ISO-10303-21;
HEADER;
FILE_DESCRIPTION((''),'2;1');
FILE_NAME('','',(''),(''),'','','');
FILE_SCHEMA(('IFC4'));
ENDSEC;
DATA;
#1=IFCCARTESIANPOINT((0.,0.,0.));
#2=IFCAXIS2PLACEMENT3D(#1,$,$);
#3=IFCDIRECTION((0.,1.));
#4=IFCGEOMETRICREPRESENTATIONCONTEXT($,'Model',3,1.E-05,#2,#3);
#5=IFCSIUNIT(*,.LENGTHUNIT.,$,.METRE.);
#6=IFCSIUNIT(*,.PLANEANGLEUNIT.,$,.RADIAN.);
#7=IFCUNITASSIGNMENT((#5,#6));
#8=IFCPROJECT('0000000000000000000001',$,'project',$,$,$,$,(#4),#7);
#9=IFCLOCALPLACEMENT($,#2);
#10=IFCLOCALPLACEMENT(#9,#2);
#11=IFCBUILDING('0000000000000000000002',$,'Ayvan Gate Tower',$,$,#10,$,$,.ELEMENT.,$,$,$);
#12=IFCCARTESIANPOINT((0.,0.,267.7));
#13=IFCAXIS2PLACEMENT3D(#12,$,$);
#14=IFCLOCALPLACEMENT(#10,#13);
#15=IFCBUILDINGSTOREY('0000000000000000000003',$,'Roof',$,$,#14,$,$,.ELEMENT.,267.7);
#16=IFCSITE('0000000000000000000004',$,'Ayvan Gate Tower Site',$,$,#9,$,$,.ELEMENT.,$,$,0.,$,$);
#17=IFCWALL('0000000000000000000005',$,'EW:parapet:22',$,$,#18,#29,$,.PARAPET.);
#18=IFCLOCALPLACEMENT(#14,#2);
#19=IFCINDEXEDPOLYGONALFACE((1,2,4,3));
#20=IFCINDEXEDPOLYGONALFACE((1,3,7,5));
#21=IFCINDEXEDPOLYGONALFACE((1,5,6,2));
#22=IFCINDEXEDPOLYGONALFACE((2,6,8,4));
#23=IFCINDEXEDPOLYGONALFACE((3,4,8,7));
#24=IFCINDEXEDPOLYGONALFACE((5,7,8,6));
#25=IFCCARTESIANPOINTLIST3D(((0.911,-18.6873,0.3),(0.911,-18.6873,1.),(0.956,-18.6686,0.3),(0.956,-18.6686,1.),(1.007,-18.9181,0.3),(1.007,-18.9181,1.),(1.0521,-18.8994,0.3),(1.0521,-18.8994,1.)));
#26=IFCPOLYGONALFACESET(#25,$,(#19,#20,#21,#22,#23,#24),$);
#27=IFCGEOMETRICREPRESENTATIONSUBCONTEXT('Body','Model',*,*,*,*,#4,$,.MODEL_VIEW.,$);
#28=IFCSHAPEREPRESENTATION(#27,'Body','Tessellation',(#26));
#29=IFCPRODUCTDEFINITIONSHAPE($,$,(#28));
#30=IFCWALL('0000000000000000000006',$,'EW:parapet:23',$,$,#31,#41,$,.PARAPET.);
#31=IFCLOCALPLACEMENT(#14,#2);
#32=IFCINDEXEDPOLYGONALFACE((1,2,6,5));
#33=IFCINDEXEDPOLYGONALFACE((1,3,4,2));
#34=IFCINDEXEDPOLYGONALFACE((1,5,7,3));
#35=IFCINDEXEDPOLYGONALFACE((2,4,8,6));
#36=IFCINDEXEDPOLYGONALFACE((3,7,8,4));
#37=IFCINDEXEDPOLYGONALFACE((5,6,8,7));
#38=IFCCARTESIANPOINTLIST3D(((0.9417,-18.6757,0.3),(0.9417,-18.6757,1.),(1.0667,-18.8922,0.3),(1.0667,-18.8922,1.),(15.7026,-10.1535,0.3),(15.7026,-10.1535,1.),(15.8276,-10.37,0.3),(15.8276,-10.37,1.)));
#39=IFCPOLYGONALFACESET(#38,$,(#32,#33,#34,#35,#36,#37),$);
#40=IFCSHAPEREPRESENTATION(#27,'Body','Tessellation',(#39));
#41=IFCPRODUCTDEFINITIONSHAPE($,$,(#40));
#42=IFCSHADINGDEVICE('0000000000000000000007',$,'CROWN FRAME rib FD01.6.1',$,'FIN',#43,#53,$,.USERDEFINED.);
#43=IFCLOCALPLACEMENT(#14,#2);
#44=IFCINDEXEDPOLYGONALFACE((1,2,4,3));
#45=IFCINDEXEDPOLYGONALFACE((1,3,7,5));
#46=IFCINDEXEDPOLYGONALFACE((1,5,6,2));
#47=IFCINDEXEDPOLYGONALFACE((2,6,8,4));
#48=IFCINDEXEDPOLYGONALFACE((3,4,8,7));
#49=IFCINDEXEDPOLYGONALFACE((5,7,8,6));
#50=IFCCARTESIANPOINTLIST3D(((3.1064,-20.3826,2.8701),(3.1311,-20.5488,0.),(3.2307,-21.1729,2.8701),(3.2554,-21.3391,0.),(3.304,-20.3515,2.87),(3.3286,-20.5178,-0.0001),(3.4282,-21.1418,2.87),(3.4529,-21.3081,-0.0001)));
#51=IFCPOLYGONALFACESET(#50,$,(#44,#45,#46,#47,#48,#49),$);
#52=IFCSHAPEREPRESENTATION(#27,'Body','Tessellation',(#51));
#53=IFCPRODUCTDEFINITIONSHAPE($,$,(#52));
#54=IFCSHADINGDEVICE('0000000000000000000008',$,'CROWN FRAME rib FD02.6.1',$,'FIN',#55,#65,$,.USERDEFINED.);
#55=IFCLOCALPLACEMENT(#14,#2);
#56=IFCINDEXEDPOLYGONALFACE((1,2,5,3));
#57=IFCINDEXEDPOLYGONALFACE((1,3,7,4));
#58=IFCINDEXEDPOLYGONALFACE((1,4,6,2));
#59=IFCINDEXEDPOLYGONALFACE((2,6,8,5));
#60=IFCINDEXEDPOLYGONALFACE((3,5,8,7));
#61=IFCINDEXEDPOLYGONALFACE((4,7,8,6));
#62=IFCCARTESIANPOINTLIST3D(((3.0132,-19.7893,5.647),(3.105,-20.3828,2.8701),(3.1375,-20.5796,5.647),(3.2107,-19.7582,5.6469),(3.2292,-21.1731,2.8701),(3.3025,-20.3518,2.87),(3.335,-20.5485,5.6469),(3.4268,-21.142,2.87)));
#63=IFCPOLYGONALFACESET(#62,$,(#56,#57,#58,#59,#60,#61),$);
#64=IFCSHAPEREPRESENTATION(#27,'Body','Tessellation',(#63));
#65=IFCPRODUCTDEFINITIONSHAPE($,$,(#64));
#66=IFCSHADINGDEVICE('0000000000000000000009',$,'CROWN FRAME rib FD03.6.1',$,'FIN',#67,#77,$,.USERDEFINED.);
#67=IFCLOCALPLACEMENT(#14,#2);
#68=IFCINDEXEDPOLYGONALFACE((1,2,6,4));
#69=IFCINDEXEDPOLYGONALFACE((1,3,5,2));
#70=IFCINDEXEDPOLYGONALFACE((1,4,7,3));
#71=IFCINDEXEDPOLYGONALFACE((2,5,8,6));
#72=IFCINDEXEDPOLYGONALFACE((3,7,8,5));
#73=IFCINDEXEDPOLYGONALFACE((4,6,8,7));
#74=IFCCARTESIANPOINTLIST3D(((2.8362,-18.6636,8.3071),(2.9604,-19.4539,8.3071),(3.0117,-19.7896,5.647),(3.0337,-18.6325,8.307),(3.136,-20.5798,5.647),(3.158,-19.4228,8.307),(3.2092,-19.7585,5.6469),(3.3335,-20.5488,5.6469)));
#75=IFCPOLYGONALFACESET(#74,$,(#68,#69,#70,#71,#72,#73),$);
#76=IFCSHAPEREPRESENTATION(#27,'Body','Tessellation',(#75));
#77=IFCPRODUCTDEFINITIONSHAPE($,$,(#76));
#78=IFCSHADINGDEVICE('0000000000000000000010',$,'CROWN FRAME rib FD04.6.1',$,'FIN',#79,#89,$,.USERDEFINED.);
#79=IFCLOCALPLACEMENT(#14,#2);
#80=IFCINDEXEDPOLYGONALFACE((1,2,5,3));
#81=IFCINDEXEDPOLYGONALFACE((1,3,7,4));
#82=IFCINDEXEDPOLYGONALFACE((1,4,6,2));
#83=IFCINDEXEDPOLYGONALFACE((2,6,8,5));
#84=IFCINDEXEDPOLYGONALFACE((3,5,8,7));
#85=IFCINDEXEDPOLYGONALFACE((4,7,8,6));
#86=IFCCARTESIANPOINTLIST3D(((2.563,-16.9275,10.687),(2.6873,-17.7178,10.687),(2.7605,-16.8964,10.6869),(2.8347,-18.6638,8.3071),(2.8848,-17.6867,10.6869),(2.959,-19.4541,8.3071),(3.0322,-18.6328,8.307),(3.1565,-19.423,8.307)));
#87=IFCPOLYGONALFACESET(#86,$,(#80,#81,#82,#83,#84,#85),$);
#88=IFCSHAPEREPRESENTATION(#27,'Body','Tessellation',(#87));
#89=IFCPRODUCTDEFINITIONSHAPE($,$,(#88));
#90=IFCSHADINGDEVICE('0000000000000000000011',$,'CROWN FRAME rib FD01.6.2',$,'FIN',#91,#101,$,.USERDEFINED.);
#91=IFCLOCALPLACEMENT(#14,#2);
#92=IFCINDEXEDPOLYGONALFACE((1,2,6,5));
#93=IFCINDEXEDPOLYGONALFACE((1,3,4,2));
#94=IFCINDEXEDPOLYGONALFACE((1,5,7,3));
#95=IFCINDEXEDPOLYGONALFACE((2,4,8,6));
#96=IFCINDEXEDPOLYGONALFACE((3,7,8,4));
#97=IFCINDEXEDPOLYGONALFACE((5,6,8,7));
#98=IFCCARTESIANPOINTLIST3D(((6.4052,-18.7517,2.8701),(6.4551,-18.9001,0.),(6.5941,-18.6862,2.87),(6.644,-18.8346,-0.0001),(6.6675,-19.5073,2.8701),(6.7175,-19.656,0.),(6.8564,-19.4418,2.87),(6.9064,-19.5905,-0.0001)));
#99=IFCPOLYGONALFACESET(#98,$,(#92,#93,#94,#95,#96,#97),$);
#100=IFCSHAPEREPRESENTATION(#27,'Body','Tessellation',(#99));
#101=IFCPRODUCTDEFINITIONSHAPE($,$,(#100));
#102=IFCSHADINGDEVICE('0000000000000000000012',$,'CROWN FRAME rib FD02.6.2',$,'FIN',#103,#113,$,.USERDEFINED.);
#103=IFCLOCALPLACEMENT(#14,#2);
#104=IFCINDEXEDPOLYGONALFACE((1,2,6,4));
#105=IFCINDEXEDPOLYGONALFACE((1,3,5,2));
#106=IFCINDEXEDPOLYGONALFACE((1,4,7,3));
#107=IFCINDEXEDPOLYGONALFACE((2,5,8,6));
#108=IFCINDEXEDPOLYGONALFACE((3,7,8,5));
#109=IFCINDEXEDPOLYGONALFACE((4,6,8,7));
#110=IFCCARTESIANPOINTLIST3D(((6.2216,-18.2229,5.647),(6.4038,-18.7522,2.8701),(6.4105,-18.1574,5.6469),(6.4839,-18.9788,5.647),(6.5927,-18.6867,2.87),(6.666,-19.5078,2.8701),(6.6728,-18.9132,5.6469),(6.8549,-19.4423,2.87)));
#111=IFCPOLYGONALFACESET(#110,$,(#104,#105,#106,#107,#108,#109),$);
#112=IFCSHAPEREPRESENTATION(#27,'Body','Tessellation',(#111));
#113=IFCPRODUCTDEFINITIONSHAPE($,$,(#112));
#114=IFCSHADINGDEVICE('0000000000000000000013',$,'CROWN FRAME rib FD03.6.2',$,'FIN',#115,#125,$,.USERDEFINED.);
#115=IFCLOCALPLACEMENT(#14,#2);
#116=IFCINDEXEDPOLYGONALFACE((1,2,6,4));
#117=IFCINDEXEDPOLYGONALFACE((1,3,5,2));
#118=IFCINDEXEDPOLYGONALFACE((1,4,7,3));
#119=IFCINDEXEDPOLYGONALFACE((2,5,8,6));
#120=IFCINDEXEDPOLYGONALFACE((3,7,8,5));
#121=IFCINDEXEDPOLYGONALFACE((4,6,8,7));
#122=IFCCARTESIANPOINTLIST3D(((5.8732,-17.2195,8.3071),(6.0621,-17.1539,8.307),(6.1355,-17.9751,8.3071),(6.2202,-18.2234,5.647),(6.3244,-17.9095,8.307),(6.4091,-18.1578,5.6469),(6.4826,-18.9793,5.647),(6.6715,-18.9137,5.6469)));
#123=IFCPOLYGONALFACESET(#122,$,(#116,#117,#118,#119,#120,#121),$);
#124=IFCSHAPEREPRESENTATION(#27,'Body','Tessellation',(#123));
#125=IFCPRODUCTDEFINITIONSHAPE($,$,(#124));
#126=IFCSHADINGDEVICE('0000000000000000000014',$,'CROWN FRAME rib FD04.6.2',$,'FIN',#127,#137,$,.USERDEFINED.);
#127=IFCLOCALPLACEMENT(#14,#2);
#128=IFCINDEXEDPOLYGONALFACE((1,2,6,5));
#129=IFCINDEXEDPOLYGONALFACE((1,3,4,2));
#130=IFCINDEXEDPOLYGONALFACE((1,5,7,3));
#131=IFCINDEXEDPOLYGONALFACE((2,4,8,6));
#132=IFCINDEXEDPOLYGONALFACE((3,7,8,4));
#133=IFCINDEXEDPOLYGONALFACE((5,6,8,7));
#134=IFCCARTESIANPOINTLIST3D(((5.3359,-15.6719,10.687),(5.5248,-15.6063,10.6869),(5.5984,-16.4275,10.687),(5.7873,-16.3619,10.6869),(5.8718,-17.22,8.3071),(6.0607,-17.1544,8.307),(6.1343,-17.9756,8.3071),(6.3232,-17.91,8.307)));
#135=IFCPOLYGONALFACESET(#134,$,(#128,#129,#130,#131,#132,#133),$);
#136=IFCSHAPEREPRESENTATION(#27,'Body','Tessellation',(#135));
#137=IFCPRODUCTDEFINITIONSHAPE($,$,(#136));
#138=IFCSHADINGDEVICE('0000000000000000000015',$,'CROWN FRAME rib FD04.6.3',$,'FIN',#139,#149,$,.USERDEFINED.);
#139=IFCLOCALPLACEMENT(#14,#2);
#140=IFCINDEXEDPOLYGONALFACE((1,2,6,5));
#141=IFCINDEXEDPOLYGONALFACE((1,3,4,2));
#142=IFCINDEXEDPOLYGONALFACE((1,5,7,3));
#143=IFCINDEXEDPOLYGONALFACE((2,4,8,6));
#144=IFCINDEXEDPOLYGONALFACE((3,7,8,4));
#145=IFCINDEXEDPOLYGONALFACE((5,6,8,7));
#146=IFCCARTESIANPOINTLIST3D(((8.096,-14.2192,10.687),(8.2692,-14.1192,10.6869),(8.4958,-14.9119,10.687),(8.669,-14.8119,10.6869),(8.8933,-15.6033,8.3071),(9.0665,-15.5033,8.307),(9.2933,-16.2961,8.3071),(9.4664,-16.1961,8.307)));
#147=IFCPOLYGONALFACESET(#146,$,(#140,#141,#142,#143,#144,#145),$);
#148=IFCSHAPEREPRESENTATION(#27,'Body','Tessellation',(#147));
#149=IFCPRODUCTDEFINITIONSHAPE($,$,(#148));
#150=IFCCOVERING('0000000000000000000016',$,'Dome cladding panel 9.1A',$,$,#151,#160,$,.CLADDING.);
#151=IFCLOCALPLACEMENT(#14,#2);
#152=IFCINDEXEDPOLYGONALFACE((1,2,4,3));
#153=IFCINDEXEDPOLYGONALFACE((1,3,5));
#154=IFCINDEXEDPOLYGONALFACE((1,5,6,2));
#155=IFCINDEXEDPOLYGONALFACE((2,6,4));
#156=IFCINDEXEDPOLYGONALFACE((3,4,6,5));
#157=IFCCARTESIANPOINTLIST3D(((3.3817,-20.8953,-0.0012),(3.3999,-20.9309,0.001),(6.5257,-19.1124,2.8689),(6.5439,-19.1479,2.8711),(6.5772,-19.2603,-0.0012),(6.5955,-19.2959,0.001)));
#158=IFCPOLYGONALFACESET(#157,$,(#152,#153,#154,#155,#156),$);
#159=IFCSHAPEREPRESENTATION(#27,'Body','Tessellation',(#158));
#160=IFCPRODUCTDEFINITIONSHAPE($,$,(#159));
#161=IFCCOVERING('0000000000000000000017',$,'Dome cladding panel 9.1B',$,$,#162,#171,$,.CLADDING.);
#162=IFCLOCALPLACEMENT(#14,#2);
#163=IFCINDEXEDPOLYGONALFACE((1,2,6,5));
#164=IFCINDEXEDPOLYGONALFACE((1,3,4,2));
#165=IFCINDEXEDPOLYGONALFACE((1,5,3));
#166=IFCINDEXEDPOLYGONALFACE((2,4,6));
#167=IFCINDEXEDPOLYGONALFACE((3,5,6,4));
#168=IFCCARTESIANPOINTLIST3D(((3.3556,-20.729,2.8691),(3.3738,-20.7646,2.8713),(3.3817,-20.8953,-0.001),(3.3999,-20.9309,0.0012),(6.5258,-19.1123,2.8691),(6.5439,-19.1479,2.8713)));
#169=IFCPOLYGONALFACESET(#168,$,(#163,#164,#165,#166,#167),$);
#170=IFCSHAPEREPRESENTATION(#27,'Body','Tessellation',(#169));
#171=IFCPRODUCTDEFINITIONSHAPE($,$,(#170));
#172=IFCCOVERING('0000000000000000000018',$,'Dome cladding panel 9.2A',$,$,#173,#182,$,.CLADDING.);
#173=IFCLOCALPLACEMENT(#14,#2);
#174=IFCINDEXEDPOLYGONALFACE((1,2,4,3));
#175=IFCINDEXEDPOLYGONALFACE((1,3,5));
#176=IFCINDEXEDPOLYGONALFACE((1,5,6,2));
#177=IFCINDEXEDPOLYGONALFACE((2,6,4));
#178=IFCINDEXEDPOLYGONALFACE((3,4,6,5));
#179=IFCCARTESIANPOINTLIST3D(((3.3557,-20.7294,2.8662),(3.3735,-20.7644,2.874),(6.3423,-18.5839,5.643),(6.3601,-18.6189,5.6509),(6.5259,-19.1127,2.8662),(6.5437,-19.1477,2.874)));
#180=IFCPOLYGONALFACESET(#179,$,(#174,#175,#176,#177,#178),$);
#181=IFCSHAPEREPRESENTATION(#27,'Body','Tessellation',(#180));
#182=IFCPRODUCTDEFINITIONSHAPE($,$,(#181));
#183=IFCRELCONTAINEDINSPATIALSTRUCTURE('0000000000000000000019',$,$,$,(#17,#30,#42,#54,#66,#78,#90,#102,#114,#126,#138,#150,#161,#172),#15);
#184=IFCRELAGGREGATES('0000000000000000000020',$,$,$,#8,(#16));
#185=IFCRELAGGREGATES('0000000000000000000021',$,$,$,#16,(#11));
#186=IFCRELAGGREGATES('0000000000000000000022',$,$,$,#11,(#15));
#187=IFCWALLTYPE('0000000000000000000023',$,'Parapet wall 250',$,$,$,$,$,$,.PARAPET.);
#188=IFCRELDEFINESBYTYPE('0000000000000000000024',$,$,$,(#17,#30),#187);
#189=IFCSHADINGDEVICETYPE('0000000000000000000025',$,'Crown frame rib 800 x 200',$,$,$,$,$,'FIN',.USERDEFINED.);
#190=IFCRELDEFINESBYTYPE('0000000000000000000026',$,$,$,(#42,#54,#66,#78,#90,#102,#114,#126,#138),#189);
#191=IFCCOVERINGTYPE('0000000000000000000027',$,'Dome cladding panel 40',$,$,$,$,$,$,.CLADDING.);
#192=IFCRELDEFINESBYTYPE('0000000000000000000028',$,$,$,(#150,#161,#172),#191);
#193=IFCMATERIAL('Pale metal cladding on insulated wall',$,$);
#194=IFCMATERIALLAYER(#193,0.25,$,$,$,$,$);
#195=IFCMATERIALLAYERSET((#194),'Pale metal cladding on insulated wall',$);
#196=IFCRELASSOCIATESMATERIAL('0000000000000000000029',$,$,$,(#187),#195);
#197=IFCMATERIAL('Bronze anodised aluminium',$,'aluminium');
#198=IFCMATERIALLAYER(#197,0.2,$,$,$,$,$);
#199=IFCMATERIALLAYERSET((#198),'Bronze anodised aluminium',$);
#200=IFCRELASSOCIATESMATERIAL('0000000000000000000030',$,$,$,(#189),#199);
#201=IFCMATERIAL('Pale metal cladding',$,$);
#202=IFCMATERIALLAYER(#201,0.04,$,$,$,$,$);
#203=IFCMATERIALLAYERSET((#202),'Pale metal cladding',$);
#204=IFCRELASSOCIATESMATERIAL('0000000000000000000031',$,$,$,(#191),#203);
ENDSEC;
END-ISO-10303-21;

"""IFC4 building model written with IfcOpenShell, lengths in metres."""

from ifc_helpers import new_model, si_unit, direction, frame, frame_2d, origin, place, context, subcontext, project, spatial, polyline, rectangle, outline, extrude, material, layer, layer_set, type_object, element, save


model = new_model("IFC4")

# Units and contexts
model_context = context("Model", 3, precision=1e-05, world=origin(), true_north=direction((0.0, 1.0)))
body_context = subcontext(model_context, "Body", "Model", "MODEL_VIEW")
ifc_project = project(units=[si_unit("LENGTHUNIT", "METRE"), si_unit("PLANEANGLEUNIT", "RADIAN")], contexts=[model_context])

# Site, building, storey
site_placement = place(None, origin())
site = spatial("IfcSite", under=ifc_project, at=site_placement, Name="Ayvan Gate Tower Site", CompositionType="ELEMENT", RefElevation=0.0)
building_placement = place(site_placement, origin())
building = spatial("IfcBuilding", under=site, at=building_placement, Name="Ayvan Gate Tower", CompositionType="ELEMENT")
storey_placement = place(building_placement, frame((0.0, 0.0, 267.7)))
storey = spatial("IfcBuildingStorey", under=building, at=storey_placement, Name="Roof", CompositionType="ELEMENT", Elevation=267.7)

# Walls
ifc_material_1 = material(Name="Pale metal cladding on insulated wall")
ifc_layer_1 = layer(ifc_material_1, 0.25)
ifc_layer_set_1 = layer_set([ifc_layer_1], Name="Pale metal cladding on insulated wall")
wall_type = type_object("IfcWallType", Name="Parapet wall 250", PredefinedType="PARAPET", material=ifc_layer_set_1)
wall_1_placement = place(storey_placement, frame((0.959, -18.8027, 0.3), z_axis=(0.0, 0.0, 1.0), x_axis=(0.923225, 0.384261, 0.0)))
element("IfcWall", 1, at=wall_1_placement, inside=storey, type_object=wall_type, Name="EW:parapet:22", PredefinedType="PARAPET", context=body_context, shape_type="SweptSolid", body=[
    extrude(rectangle(XDim=0.0488, YDim=0.25, at=frame_2d((0.0244, 0.0))), origin(), (0.0, 0.0, 1.0), 0.7),
])
wall_2_placement = place(storey_placement, frame((1.0042, -18.7839, 0.3), z_axis=(0.0, 0.0, 1.0), x_axis=(0.866026, 0.499998, 0.0)))
element("IfcWall", 2, at=wall_2_placement, inside=storey, type_object=wall_type, Name="EW:parapet:23", PredefinedType="PARAPET", context=body_context, shape_type="SweptSolid", body=[
    extrude(rectangle(XDim=17.0444, YDim=0.25, at=frame_2d((8.5222, 0.0))), origin(), (0.0, 0.0, 1.0), 0.7),
])

# Shading devices
ifc_material_2 = material(Name="Bronze anodised aluminium", Category="aluminium")
ifc_layer_2 = layer(ifc_material_2, 0.2)
ifc_layer_set_2 = layer_set([ifc_layer_2], Name="Bronze anodised aluminium")
shading_device_type = type_object("IfcShadingDeviceType", Name="Crown frame rib 800 x 200", ElementType="FIN", PredefinedType="USERDEFINED", material=ifc_layer_set_2)
shading_device_1_placement = place(storey_placement, frame((3.1311, -20.5488, 0.0), z_axis=(-0.987862, -0.155336, 0.000511), x_axis=(0.155336, -0.987862, 0.0)))
element("IfcShadingDevice", 3, at=shading_device_1_placement, inside=storey, type_object=shading_device_type, Name="CROWN FRAME rib FD01.6.1", ObjectType="FIN", PredefinedType="USERDEFINED", context=body_context, shape_type="SweptSolid", body=[
    extrude(outline(polyline([(0.0, 0.0), (0.8, 0.0), (0.6319, 2.8701), (-0.1681, 2.8701), (0.0, 0.0)])), origin(), (0.0, 0.0, -1.0), 0.2),
])
shading_device_2_placement = place(storey_placement, frame((3.105, -20.3828, 2.8701), z_axis=(-0.987862, -0.155336, 0.000544), x_axis=(0.155336, -0.987862, 0.0)))
element("IfcShadingDevice", 4, at=shading_device_2_placement, inside=storey, type_object=shading_device_type, Name="CROWN FRAME rib FD02.6.1", ObjectType="FIN", PredefinedType="USERDEFINED", context=body_context, shape_type="SweptSolid", body=[
    extrude(outline(polyline([(0.0, 0.0), (0.8, 0.0), (0.1994, 2.7769), (-0.6006, 2.7769), (0.0, 0.0)])), origin(), (0.0, 0.0, -1.0), 0.2),
])
shading_device_3_placement = place(storey_placement, frame((3.0117, -19.7896, 5.647), z_axis=(-0.987862, -0.155336, 0.000563), x_axis=(0.155336, -0.987862, 0.0)))
element("IfcShadingDevice", 5, at=shading_device_3_placement, inside=storey, type_object=shading_device_type, Name="CROWN FRAME rib FD03.6.1", ObjectType="FIN", PredefinedType="USERDEFINED", context=body_context, shape_type="SweptSolid", body=[
    extrude(outline(polyline([(0.0, 0.0), (0.8, 0.0), (-0.3396, 2.6602), (-1.1396, 2.6602), (0.0, 0.0)])), origin(), (0.0, 0.0, -1.0), 0.2),
])
shading_device_4_placement = place(storey_placement, frame((2.8347, -18.6638, 8.3071), z_axis=(-0.987862, -0.155336, 0.000539), x_axis=(0.155336, -0.987862, 0.0)))
element("IfcShadingDevice", 6, at=shading_device_4_placement, inside=storey, type_object=shading_device_type, Name="CROWN FRAME rib FD04.6.1", ObjectType="FIN", PredefinedType="USERDEFINED", context=body_context, shape_type="SweptSolid", body=[
    extrude(outline(polyline([(0.0, 0.0), (0.8, 0.0), (-0.9575, 2.3799), (-1.7575, 2.3799), (0.0, 0.0)])), origin(), (0.0, 0.0, -1.0), 0.2),
])
shading_device_5_placement = place(storey_placement, frame((6.4551, -18.9001, 0.0), z_axis=(-0.944704, -0.327923, 0.00054), x_axis=(0.327923, -0.944705, 0.0)))
element("IfcShadingDevice", 7, at=shading_device_5_placement, inside=storey, type_object=shading_device_type, Name="CROWN FRAME rib FD01.6.2", ObjectType="FIN", PredefinedType="USERDEFINED", context=body_context, shape_type="SweptSolid", body=[
    extrude(outline(polyline([(0.0, 0.0), (0.8001, 0.0), (0.6433, 2.8701), (-0.1566, 2.8701), (0.0, 0.0)])), origin(), (0.0, 0.0, -1.0), 0.2),
])
shading_device_6_placement = place(storey_placement, frame((6.4038, -18.7522, 2.8701), z_axis=(-0.944752, -0.327787, 0.0005), x_axis=(0.327787, -0.944752, 0.0)))
element("IfcShadingDevice", 8, at=shading_device_6_placement, inside=storey, type_object=shading_device_type, Name="CROWN FRAME rib FD02.6.2", ObjectType="FIN", PredefinedType="USERDEFINED", context=body_context, shape_type="SweptSolid", body=[
    extrude(outline(polyline([(0.0, 0.0), (0.7998, 0.0), (0.2403, 2.7769), (-0.5598, 2.7769), (0.0, 0.0)])), origin(), (0.0, 0.0, -1.0), 0.2),
])
shading_device_7_placement = place(storey_placement, frame((6.2202, -18.2234, 5.647), z_axis=(-0.944704, -0.327923, 0.000522), x_axis=(0.327923, -0.944705, 0.0)))
element("IfcShadingDevice", 9, at=shading_device_7_placement, inside=storey, type_object=shading_device_type, Name="CROWN FRAME rib FD03.6.2", ObjectType="FIN", PredefinedType="USERDEFINED", context=body_context, shape_type="SweptSolid", body=[
    extrude(outline(polyline([(0.0, 0.0), (0.8001, 0.0), (-0.2623, 2.6602), (-1.0622, 2.6602), (0.0, 0.0)])), origin(), (0.0, 0.0, -1.0), 0.2),
])
shading_device_8_placement = place(storey_placement, frame((5.8718, -17.22, 8.3071), z_axis=(-0.944641, -0.328106, 0.000722), x_axis=(0.328106, -0.944641, 0.0)))
element("IfcShadingDevice", 10, at=shading_device_8_placement, inside=storey, type_object=shading_device_type, Name="CROWN FRAME rib FD04.6.2", ObjectType="FIN", PredefinedType="USERDEFINED", context=body_context, shape_type="SweptSolid", body=[
    extrude(outline(polyline([(0.0, 0.0), (0.7999, 0.0), (-0.8383, 2.3799), (-1.6382, 2.3799), (0.0, 0.0)])), origin(), (0.0, 0.0, -1.0), 0.2),
])
shading_device_9_placement = place(storey_placement, frame((8.8933, -15.6033, 8.3071), z_axis=(-0.866056, -0.499947, 0.000606), x_axis=(0.499947, -0.866056, 0.0)))
element("IfcShadingDevice", 11, at=shading_device_9_placement, inside=storey, type_object=shading_device_type, Name="CROWN FRAME rib FD04.6.3", ObjectType="FIN", PredefinedType="USERDEFINED", context=body_context, shape_type="SweptSolid", body=[
    extrude(outline(polyline([(0.0, 0.0), (0.8, 0.0), (-0.7975, 2.3799), (-1.5973, 2.3799), (0.0, 0.0)])), origin(), (0.0, 0.0, -1.0), 0.2),
])

# Coverings
ifc_material_3 = material(Name="Pale metal cladding")
ifc_layer_3 = layer(ifc_material_3, 0.04)
ifc_layer_set_3 = layer_set([ifc_layer_3], Name="Pale metal cladding")
covering_type = type_object("IfcCoveringType", Name="Dome cladding panel 40", PredefinedType="CLADDING", material=ifc_layer_set_3)
covering_1_placement = place(storey_placement, frame((3.3999, -20.9309, 0.001), z_axis=(0.454828, -0.888942, 0.053987), x_axis=(0.89024, 0.455492, 0.0)))
element("IfcCovering", 12, at=covering_1_placement, inside=storey, type_object=covering_type, Name="Dome cladding panel 9.1A", PredefinedType="CLADDING", context=body_context, shape_type="SweptSolid", body=[
    extrude(outline(polyline([(0.0, 0.0), (3.5895, 0.0), (3.6111, 2.8743), (0.0, 0.0)])), origin(), (0.0, 0.0, -1.0), 0.04),
])
covering_2_placement = place(storey_placement, frame((3.3999, -20.9309, 0.0012), z_axis=(0.453603, -0.889464, 0.055653), x_axis=(0.681213, 0.38631, 0.621862)))
element("IfcCovering", 13, at=covering_2_placement, inside=storey, type_object=covering_type, Name="Dome cladding panel 9.1B", PredefinedType="CLADDING", context=body_context, shape_type="SweptSolid", body=[
    extrude(outline(polyline([(0.0, 0.0), (4.6154, 0.0), (1.8313, 2.2164), (0.0, 0.0)])), origin(), (0.0, 0.0, -1.0), 0.04),
])
covering_3_placement = place(storey_placement, frame((3.3735, -20.7644, 2.874), z_axis=(0.445512, -0.873599, 0.195818), x_axis=(0.890845, 0.454307, 0.0)))
element("IfcCovering", 14, at=covering_3_placement, inside=storey, type_object=covering_type, Name="Dome cladding panel 9.2A", PredefinedType="CLADDING", context=body_context, shape_type="SweptSolid", body=[
    extrude(outline(polyline([(0.0, 0.0), (3.5586, 0.0), (3.6353, 2.8317), (0.0, 0.0)])), origin(), (0.0, 0.0, -1.0), 0.04),
])

save(model, "model.ifc")
